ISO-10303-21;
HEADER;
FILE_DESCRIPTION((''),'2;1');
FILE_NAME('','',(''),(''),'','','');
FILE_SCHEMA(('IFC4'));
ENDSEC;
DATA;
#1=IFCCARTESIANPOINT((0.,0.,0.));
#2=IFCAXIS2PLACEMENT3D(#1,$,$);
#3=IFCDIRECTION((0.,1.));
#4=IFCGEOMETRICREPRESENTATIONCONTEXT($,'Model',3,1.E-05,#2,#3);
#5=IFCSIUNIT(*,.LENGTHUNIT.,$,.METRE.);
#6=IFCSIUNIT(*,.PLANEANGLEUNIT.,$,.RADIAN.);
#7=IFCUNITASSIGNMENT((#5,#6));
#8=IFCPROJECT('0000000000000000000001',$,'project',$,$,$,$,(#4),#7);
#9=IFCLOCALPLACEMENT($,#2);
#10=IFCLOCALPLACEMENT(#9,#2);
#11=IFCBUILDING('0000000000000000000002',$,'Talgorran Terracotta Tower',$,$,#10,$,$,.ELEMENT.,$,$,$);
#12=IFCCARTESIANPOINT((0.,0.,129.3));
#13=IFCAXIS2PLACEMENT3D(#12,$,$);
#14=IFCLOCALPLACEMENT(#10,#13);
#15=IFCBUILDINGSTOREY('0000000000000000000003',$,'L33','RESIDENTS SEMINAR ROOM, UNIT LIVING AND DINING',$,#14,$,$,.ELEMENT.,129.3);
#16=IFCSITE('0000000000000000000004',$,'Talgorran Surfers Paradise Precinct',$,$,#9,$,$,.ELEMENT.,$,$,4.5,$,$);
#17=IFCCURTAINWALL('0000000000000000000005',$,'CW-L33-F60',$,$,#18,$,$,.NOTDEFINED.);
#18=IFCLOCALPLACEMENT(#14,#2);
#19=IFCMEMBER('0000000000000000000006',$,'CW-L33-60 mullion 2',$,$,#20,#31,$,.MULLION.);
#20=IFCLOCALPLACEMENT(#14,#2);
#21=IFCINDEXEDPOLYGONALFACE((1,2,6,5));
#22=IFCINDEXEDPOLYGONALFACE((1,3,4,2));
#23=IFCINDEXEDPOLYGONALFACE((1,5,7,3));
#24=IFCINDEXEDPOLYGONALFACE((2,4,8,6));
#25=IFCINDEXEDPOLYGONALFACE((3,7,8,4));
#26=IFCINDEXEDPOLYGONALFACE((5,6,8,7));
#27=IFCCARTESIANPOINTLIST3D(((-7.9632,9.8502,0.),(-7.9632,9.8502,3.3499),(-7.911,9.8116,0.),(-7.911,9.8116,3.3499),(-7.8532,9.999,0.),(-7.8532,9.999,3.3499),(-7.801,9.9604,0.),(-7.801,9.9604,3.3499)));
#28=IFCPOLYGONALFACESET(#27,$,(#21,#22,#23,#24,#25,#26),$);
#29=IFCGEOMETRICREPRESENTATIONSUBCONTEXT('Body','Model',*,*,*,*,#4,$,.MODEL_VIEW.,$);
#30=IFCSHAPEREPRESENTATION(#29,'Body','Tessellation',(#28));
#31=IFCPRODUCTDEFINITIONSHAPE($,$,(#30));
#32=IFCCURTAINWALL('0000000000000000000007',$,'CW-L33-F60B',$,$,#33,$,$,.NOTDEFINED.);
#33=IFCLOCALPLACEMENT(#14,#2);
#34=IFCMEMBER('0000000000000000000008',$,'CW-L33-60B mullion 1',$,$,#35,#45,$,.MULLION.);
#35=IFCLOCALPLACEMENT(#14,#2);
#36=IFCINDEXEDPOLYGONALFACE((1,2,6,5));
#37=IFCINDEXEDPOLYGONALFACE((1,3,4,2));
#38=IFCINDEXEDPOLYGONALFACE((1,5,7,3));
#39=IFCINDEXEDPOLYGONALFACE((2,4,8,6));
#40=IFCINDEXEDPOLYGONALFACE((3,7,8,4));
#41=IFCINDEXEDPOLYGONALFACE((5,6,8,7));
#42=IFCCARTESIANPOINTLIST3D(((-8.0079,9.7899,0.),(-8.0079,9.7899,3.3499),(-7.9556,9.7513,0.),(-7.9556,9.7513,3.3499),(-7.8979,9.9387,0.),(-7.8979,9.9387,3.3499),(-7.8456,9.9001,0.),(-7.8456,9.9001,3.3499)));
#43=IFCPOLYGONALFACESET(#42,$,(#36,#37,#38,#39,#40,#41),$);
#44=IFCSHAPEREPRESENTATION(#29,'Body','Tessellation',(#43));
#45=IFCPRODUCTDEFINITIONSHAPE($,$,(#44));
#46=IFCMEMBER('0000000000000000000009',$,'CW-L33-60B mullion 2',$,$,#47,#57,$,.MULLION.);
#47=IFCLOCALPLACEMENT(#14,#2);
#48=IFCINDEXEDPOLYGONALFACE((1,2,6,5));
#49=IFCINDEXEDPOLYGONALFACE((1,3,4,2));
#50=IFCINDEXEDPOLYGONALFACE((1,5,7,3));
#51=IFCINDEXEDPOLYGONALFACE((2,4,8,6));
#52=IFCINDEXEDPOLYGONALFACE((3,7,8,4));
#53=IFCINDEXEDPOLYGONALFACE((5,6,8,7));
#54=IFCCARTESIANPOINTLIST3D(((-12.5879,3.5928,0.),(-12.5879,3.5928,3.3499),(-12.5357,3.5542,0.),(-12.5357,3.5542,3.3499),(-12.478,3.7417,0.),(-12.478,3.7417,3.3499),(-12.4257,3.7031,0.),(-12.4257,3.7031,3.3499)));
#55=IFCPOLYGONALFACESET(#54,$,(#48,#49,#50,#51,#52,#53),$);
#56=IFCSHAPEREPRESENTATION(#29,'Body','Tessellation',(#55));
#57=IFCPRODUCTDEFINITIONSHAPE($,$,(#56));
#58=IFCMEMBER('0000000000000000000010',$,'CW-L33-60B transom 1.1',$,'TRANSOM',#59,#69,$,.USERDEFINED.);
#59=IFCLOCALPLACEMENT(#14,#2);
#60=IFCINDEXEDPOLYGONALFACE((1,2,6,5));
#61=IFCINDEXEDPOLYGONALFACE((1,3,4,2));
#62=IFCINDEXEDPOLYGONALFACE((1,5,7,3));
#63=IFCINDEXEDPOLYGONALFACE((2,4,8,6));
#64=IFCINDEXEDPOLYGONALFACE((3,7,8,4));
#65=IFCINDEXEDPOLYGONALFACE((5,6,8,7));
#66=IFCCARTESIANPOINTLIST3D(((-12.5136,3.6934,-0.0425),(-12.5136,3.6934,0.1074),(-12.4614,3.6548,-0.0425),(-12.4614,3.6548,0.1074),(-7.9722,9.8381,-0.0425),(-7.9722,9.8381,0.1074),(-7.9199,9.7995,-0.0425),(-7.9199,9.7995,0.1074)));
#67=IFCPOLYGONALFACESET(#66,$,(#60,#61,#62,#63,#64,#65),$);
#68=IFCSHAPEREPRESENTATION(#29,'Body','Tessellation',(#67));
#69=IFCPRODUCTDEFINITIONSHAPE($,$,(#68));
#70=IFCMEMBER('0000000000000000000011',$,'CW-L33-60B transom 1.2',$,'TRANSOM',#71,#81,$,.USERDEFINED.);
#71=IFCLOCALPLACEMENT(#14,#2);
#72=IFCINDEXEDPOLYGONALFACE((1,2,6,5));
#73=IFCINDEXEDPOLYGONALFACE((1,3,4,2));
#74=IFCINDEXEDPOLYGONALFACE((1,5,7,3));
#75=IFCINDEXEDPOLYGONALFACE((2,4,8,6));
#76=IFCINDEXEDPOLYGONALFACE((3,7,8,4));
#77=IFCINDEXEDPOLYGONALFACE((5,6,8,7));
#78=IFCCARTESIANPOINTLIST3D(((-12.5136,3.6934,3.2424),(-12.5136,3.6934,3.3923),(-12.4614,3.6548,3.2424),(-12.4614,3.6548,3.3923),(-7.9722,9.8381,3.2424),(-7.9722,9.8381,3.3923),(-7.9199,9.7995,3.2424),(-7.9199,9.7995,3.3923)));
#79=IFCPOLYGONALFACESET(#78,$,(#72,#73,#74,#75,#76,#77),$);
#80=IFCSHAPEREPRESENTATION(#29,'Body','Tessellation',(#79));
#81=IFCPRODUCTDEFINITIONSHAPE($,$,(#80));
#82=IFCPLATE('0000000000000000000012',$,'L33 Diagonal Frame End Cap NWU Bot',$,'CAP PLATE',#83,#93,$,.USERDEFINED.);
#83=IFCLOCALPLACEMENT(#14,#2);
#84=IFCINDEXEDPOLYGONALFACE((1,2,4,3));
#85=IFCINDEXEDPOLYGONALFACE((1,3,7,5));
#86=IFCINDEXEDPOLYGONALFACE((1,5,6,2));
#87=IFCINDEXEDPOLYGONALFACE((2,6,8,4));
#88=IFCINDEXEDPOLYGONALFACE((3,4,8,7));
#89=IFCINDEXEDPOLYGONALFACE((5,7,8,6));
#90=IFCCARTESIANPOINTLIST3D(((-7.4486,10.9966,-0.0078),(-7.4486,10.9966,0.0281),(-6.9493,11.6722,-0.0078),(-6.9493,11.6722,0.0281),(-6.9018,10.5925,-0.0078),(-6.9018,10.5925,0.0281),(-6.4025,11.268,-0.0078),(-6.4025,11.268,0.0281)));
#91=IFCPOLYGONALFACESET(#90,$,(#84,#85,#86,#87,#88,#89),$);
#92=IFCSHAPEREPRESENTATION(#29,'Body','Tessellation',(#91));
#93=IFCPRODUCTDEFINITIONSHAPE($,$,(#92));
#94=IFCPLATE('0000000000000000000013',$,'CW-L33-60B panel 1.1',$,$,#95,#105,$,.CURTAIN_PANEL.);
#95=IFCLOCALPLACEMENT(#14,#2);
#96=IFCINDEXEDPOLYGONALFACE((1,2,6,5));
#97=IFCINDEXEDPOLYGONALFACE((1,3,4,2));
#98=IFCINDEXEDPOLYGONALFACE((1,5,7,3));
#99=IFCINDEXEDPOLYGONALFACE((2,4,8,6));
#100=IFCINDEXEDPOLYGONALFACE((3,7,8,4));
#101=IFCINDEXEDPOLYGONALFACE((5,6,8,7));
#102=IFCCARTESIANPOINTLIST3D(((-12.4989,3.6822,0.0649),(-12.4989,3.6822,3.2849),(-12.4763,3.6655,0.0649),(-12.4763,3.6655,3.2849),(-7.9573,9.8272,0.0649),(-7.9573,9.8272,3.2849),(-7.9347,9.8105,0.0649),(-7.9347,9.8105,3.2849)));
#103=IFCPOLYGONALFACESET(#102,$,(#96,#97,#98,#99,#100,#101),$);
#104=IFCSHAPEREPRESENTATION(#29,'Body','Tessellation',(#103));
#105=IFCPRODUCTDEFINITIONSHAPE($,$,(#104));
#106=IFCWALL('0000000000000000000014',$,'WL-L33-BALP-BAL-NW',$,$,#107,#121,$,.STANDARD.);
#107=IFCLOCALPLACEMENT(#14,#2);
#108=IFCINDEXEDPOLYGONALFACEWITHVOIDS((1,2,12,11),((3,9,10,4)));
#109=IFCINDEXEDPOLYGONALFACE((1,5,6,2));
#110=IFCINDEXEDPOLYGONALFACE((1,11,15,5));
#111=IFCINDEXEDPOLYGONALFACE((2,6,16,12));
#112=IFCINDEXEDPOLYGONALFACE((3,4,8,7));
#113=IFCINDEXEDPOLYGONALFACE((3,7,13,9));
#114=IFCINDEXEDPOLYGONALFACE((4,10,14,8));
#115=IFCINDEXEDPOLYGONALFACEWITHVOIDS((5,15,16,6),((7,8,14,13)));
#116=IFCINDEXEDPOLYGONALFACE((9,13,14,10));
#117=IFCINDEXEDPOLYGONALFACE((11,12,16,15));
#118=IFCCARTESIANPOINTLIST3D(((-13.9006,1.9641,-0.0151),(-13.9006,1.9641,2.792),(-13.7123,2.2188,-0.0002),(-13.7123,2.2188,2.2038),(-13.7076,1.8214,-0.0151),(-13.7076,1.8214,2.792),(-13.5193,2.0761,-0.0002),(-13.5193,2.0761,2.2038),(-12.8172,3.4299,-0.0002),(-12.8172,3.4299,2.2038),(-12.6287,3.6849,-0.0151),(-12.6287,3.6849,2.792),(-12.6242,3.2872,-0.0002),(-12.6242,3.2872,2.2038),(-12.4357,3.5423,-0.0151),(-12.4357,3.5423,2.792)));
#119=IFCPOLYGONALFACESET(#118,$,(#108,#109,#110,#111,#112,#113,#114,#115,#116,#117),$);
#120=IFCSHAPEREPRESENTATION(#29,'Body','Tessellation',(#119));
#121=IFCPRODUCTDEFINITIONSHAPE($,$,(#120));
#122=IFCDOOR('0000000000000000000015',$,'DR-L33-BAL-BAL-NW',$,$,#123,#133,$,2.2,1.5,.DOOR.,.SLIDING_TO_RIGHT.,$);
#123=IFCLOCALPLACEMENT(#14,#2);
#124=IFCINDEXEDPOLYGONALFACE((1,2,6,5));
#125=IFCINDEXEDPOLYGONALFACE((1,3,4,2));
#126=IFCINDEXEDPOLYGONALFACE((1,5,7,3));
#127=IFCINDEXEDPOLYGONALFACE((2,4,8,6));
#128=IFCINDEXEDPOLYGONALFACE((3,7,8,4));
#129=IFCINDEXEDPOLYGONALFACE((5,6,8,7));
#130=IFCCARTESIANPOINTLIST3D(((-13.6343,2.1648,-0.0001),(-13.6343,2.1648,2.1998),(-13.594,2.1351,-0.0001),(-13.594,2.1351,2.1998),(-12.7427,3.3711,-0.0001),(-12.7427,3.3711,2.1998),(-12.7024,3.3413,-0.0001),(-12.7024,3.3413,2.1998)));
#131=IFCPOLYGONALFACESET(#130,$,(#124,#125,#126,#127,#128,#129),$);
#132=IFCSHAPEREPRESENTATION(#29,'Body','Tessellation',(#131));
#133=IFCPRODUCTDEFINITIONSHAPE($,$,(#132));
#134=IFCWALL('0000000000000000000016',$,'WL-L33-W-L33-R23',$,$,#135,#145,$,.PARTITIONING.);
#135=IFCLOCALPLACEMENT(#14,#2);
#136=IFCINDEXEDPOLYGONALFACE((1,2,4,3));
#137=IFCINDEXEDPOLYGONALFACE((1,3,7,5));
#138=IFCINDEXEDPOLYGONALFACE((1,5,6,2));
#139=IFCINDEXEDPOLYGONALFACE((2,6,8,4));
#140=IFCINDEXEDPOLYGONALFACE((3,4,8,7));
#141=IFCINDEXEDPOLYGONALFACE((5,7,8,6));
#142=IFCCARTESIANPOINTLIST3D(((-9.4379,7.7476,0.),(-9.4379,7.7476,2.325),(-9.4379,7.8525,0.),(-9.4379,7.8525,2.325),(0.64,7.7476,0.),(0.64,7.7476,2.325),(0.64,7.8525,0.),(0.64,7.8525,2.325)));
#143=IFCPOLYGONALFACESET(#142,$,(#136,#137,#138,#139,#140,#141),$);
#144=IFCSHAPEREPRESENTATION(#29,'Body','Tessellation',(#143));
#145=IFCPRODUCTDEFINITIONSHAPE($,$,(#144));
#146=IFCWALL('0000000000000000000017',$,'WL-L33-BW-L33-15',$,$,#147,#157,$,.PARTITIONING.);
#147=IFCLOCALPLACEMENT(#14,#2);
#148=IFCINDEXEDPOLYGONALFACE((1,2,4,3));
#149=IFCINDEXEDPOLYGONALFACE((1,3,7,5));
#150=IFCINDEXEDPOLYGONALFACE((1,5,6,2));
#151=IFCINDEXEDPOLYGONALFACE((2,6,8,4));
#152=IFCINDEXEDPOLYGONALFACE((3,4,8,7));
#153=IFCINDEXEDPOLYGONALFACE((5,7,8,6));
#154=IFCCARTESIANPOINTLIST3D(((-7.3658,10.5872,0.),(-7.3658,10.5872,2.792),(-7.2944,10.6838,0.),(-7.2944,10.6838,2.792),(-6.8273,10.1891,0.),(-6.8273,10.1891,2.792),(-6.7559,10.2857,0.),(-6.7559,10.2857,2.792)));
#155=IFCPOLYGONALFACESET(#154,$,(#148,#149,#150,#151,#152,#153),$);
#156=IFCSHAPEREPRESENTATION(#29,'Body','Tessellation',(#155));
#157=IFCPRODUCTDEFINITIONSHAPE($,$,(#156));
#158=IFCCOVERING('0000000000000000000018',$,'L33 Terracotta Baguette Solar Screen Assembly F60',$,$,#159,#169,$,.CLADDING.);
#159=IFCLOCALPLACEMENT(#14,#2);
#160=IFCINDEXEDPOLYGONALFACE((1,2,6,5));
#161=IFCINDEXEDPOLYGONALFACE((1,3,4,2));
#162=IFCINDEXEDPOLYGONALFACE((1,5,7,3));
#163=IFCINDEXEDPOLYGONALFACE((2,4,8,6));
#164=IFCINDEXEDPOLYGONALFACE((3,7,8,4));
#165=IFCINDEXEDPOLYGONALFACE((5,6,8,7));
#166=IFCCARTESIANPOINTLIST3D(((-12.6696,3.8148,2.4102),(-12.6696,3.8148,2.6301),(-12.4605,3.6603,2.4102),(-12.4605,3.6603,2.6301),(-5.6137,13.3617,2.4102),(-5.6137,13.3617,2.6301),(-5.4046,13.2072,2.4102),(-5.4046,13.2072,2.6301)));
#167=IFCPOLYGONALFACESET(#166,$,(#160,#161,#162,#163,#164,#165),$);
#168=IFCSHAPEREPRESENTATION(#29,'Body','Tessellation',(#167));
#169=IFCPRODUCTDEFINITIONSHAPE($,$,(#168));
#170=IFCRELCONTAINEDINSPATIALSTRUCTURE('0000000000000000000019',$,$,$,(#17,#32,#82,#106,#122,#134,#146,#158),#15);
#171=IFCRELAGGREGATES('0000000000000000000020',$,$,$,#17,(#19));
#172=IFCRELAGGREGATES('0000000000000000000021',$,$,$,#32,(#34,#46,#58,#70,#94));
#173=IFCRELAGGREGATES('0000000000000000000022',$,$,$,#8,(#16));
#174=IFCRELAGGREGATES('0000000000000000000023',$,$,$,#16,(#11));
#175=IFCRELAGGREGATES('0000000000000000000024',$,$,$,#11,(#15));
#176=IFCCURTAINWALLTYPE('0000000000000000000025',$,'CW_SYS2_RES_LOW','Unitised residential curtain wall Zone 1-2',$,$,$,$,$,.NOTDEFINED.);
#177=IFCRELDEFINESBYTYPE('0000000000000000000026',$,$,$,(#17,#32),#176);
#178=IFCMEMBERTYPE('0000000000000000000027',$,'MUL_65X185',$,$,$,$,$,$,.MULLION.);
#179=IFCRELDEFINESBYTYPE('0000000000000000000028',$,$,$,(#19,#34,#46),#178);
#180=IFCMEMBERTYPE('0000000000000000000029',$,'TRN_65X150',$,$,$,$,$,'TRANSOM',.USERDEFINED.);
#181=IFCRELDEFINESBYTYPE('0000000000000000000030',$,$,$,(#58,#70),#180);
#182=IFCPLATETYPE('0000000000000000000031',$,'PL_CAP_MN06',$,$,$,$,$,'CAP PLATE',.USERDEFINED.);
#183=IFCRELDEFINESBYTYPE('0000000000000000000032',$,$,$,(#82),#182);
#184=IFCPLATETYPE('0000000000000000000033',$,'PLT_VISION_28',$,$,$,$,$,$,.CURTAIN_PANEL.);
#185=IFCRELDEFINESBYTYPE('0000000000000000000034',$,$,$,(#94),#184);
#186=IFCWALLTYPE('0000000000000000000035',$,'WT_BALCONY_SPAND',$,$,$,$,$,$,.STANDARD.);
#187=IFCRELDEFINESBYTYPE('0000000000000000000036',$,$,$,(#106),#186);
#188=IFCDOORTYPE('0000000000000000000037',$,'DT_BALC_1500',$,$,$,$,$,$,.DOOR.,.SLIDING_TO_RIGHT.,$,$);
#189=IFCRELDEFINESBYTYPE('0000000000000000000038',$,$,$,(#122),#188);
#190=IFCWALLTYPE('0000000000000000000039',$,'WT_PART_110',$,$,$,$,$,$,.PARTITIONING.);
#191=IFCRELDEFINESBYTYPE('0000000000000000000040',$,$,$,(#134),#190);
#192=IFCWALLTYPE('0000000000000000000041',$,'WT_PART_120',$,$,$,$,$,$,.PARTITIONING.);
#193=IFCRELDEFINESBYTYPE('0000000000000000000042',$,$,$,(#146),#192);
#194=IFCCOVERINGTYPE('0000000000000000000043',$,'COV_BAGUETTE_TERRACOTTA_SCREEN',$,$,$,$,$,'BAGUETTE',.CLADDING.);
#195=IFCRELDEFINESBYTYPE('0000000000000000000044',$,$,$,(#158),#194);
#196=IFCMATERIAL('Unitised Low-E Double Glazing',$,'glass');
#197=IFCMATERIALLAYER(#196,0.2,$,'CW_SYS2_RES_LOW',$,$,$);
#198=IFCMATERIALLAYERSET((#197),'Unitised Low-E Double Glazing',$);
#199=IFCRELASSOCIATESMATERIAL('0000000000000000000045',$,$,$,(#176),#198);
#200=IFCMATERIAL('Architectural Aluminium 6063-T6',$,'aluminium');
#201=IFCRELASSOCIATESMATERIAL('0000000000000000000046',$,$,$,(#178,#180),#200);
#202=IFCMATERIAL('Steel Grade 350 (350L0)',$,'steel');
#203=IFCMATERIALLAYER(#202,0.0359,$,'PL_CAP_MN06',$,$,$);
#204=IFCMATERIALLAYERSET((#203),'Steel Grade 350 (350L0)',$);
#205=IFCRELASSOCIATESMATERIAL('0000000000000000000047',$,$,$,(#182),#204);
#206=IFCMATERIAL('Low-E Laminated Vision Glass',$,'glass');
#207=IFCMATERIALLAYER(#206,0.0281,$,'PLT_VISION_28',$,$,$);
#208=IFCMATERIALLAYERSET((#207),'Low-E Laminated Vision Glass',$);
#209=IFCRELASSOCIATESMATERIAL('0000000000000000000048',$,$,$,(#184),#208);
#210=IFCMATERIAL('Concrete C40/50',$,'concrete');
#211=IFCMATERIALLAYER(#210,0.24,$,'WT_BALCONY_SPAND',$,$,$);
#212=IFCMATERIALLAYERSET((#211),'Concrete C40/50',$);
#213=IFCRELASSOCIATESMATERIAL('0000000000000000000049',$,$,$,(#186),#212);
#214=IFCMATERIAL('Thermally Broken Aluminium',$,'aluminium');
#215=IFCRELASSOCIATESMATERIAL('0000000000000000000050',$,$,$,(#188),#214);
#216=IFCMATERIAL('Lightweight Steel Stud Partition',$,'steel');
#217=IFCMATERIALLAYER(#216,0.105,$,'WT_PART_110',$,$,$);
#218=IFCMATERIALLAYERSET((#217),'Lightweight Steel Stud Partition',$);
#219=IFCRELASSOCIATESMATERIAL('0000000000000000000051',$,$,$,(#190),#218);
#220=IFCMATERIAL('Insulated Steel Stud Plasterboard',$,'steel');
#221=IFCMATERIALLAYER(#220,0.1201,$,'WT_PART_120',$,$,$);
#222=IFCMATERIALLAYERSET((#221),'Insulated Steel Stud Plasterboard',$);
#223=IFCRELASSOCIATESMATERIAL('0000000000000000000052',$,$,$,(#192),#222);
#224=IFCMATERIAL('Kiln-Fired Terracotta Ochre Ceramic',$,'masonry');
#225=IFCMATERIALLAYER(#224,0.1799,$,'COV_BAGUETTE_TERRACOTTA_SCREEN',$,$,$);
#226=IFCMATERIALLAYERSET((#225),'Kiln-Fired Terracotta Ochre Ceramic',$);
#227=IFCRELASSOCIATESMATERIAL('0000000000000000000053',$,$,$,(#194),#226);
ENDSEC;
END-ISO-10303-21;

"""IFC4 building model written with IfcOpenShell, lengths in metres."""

from ifc_helpers import new_model, si_unit, direction, frame, frame_2d, origin, origin_2d, place, context, subcontext, project, spatial, rectangle, extrude, source, transform, mapped, material, layer, layer_set, material_profile, profile_set, type_object, type_shapes, element, fill, aggregate, save


model = new_model("IFC4")

# Units and contexts
model_context = context("Model", 3, precision=1e-05, world=origin(), true_north=direction((0.0, 1.0)))
body_context = subcontext(model_context, "Body", "Model", "MODEL_VIEW")
ifc_project = project(units=[si_unit("LENGTHUNIT", "METRE"), si_unit("PLANEANGLEUNIT", "RADIAN")], contexts=[model_context])

# Site, building, storey
site_placement = place(None, origin())
site = spatial("IfcSite", under=ifc_project, at=site_placement, Name="Talgorran Surfers Paradise Precinct", CompositionType="ELEMENT", RefElevation=4.5)
building_placement = place(site_placement, origin())
building = spatial("IfcBuilding", under=site, at=building_placement, Name="Talgorran Terracotta Tower", CompositionType="ELEMENT")
storey_placement = place(building_placement, frame((0.0, 0.0, 129.3)))
storey = spatial("IfcBuildingStorey", under=building, at=storey_placement, Name="L33", Description="RESIDENTS SEMINAR ROOM, UNIT LIVING AND DINING", CompositionType="ELEMENT", Elevation=129.3)

# Shared definitions
ifc_material_1 = material(Name="Steel Grade 350 (350L0)", Category="steel")

# Curtain wall, member
ifc_material_2 = material(Name="Unitised Low-E Double Glazing", Category="glass")
ifc_layer_1 = layer(ifc_material_2, 0.2, Name="CW_SYS2_RES_LOW")
ifc_layer_set_1 = layer_set([ifc_layer_1], Name="Unitised Low-E Double Glazing")
curtain_wall_type = type_object("IfcCurtainWallType", Name="CW_SYS2_RES_LOW", Description="Unitised residential curtain wall Zone 1-2", PredefinedType="NOTDEFINED", material=ifc_layer_set_1)
curtain_wall_1_placement = place(storey_placement, origin())
curtain_wall_1 = element("IfcCurtainWall", 1, at=curtain_wall_1_placement, inside=storey, type_object=curtain_wall_type, Name="CW-L33-F60", PredefinedType="NOTDEFINED")
ifc_material_3 = material(Name="Architectural Aluminium 6063-T6", Category="aluminium")
ifc_material_profile_1 = material_profile(ifc_material_3, rectangle(XDim=0.0649, YDim=0.1851, at=origin_2d()), Name="CWM65X185")
ifc_profile_set_1 = profile_set([ifc_material_profile_1], Name="Architectural Aluminium 6063-T6")
member_type_1 = type_object("IfcMemberType", Name="MUL_65X185", PredefinedType="MULLION", material=ifc_profile_set_1)
member_1_placement = place(storey_placement, frame((-7.8821, 9.9053, 0.0), z_axis=(0.0, 0.0, 1.0), x_axis=(0.804198, -0.594361, 0.0)))
member_1 = element("IfcMember", 2, at=member_1_placement, type_object=member_type_1, Name="CW-L33-60 mullion 2", PredefinedType="MULLION", context=body_context, shape_type="SweptSolid", body=[
    extrude(rectangle(XDim=0.0649, YDim=0.1851, at=origin_2d()), origin(), (0.0, 0.0, 1.0), 3.3499),
])
aggregate(curtain_wall_1, [member_1])

# Curtain wall, members
curtain_wall_2_placement = place(storey_placement, origin())
curtain_wall_2 = element("IfcCurtainWall", 3, at=curtain_wall_2_placement, inside=storey, type_object=curtain_wall_type, Name="CW-L33-F60B", PredefinedType="NOTDEFINED")
member_2_placement = place(storey_placement, frame((-7.9268, 9.845, 0.0), z_axis=(0.0, 0.0, 1.0), x_axis=(0.804196, -0.594364, 0.0)))
member_2 = element("IfcMember", 4, at=member_2_placement, type_object=member_type_1, Name="CW-L33-60B mullion 1", PredefinedType="MULLION", context=body_context, shape_type="SweptSolid", body=[
    extrude(rectangle(XDim=0.0649, YDim=0.1851, at=origin_2d()), origin(), (0.0, 0.0, 1.0), 3.3499),
])
member_3_placement = place(storey_placement, frame((-12.5068, 3.6479, 0.0), z_axis=(0.0, 0.0, 1.0), x_axis=(0.804196, -0.594364, 0.0)))
member_3 = element("IfcMember", 5, at=member_3_placement, type_object=member_type_1, Name="CW-L33-60B mullion 2", PredefinedType="MULLION", context=body_context, shape_type="SweptSolid", body=[
    extrude(rectangle(XDim=0.0649, YDim=0.1851, at=origin_2d()), origin(), (0.0, 0.0, 1.0), 3.3499),
])
ifc_material_profile_2 = material_profile(ifc_material_3, rectangle(XDim=0.0649, YDim=0.1499, at=origin_2d()), Name="CWT65X150")
ifc_profile_set_2 = profile_set([ifc_material_profile_2], Name="Architectural Aluminium 6063-T6")
member_type_2 = type_object("IfcMemberType", Name="TRN_65X150", ElementType="TRANSOM", PredefinedType="USERDEFINED", material=ifc_profile_set_2)
member_4_placement = place(storey_placement, frame((-7.946, 9.8188, 0.0325), z_axis=(-0.594367, -0.804194, 0.0), x_axis=(0.804194, -0.594367, 0.0)))
member_4 = element("IfcMember", 6, at=member_4_placement, type_object=member_type_2, Name="CW-L33-60B transom 1.1", ObjectType="TRANSOM", PredefinedType="USERDEFINED", context=body_context, shape_type="SweptSolid", body=[
    extrude(rectangle(XDim=0.0649, YDim=0.1499, at=origin_2d()), origin(), (0.0, 0.0, 1.0), 7.6409),
])
member_5_placement = place(storey_placement, frame((-7.946, 9.8188, 3.3174), z_axis=(-0.594367, -0.804194, 0.0), x_axis=(0.804194, -0.594367, 0.0)))
member_5 = element("IfcMember", 7, at=member_5_placement, type_object=member_type_2, Name="CW-L33-60B transom 1.2", ObjectType="TRANSOM", PredefinedType="USERDEFINED", context=body_context, shape_type="SweptSolid", body=[
    extrude(rectangle(XDim=0.0649, YDim=0.1499, at=origin_2d()), origin(), (0.0, 0.0, 1.0), 7.6409),
])

# Plates
ifc_layer_2 = layer(ifc_material_1, 0.0359, Name="PL_CAP_MN06")
ifc_layer_set_2 = layer_set([ifc_layer_2], Name="Steel Grade 350 (350L0)")
plate_type_1 = type_object("IfcPlateType", Name="PL_CAP_MN06", ElementType="CAP PLATE", PredefinedType="USERDEFINED", material=ifc_layer_set_2)
plate_1_placement = place(storey_placement, frame((-6.9255, 11.1323, -0.0078), z_axis=(0.0, 0.0, 1.0), x_axis=(0.594402, 0.804168, 0.0)))
element("IfcPlate", 8, at=plate_1_placement, inside=storey, type_object=plate_type_1, Name="L33 Diagonal Frame End Cap NWU Bot", ObjectType="CAP PLATE", PredefinedType="USERDEFINED", context=body_context, shape_type="SweptSolid", body=[
    extrude(rectangle(XDim=0.8401, YDim=0.6799, at=origin_2d()), origin(), (0.0, 0.0, 1.0), 0.0359),
])
ifc_material_4 = material(Name="Low-E Laminated Vision Glass", Category="glass")
ifc_layer_3 = layer(ifc_material_4, 0.0281, Name="PLT_VISION_28")
ifc_layer_set_3 = layer_set([ifc_layer_3], Name="Low-E Laminated Vision Glass")
plate_type_2 = type_object("IfcPlateType", Name="PLT_VISION_28", PredefinedType="CURTAIN_PANEL", material=ifc_layer_set_3)
shared_shape = source(origin(), body_context, "Body", "SweptSolid", [
    extrude(rectangle(XDim=7.6411, YDim=0.0281, at=origin_2d()), origin(), (0.0, 0.0, 1.0), 3.22),
])
type_shapes(plate_type_2, [shared_shape])
plate_2_placement = place(storey_placement, frame((-10.2168, 6.7463, 0.0649), z_axis=(0.0, 0.0, 1.0), x_axis=(-0.594364, -0.804196, 0.0)))
plate_2 = element("IfcPlate", 9, at=plate_2_placement, type_object=plate_type_2, Name="CW-L33-60B panel 1.1", PredefinedType="CURTAIN_PANEL", context=body_context, shape_type="MappedRepresentation", body=[
    mapped(shared_shape, transform((0.0, 0.0, 0.0), scale=1.0)),
])
aggregate(curtain_wall_2, [member_2, member_3, member_4, member_5, plate_2])

# Wall, opening, door
ifc_material_5 = material(Name="Concrete C40/50", Category="concrete")
ifc_layer_4 = layer(ifc_material_5, 0.24, Name="WT_BALCONY_SPAND")
ifc_layer_set_4 = layer_set([ifc_layer_4], Name="Concrete C40/50")
wall_type_1 = type_object("IfcWallType", Name="WT_BALCONY_SPAND", PredefinedType="STANDARD", material=ifc_layer_set_4)
wall_1_placement = place(storey_placement, frame((-12.5322, 3.6135, -0.0151), z_axis=(0.0, 0.0, 1.0), x_axis=(-0.594381, -0.804183, 0.0)))
wall_1 = element("IfcWall", 10, at=wall_1_placement, inside=storey, type_object=wall_type_1, Name="WL-L33-BALP-BAL-NW", PredefinedType="STANDARD", context=body_context, shape_type="SweptSolid", body=[
    extrude(rectangle(XDim=2.1399, YDim=0.24, at=frame_2d((1.0698, 0.0))), origin(), (0.0, 0.0, 1.0), 2.8071),
])
opening_placement = place(wall_1_placement, frame((0.3201, 0.0, 0.0149)))
opening = element("IfcOpeningElement", 11, at=opening_placement, cuts=wall_1, PredefinedType="OPENING", context=body_context, shape_type="SweptSolid", body=[
    extrude(rectangle(XDim=1.506, YDim=2.204, at=frame_2d((0.75, 1.1021))), frame((0.0, 0.1299, 0.0), z_axis=(0.0, -1.0, 0.0), x_axis=(1.0, 0.0, 0.0)), (0.0, 0.0, 1.0), 0.26),
])
ifc_material_6 = material(Name="Thermally Broken Aluminium", Category="aluminium")
door_type = type_object("IfcDoorType", Name="DT_BALC_1500", OperationType="SLIDING_TO_RIGHT", PredefinedType="DOOR", material=ifc_material_6)
door_placement = place(opening_placement, origin())
door = element("IfcDoor", 12, at=door_placement, inside=storey, type_object=door_type, Name="DR-L33-BAL-BAL-NW", OperationType="SLIDING_TO_RIGHT", OverallHeight=2.2, OverallWidth=1.5, PredefinedType="DOOR", context=body_context, shape_type="SweptSolid", body=[
    extrude(rectangle(XDim=1.5, YDim=2.2, at=frame_2d((0.75, 1.1001))), frame((0.0, 0.0249, 0.0), z_axis=(0.0, -1.0, 0.0), x_axis=(1.0, 0.0, 0.0)), (0.0, 0.0, 1.0), 0.05),
])
fill(opening, door)

# Walls
ifc_material_7 = material(Name="Lightweight Steel Stud Partition", Category="steel")
ifc_layer_5 = layer(ifc_material_7, 0.105, Name="WT_PART_110")
ifc_layer_set_5 = layer_set([ifc_layer_5], Name="Lightweight Steel Stud Partition")
wall_type_2 = type_object("IfcWallType", Name="WT_PART_110", PredefinedType="PARTITIONING", material=ifc_layer_set_5)
wall_2_placement = place(storey_placement, frame((-9.438, 7.8, 0.0), z_axis=(0.0, 0.0, 1.0), x_axis=(1.0, 0.0, 0.0)))
element("IfcWall", 13, at=wall_2_placement, inside=storey, type_object=wall_type_2, Name="WL-L33-W-L33-R23", PredefinedType="PARTITIONING", context=body_context, shape_type="SweptSolid", body=[
    extrude(rectangle(XDim=10.0779, YDim=0.105, at=frame_2d((5.0391, 0.0))), origin(), (0.0, 0.0, 1.0), 2.325),
])
ifc_material_8 = material(Name="Insulated Steel Stud Plasterboard", Category="steel")
ifc_layer_6 = layer(ifc_material_8, 0.1201, Name="WT_PART_120")
ifc_layer_set_6 = layer_set([ifc_layer_6], Name="Insulated Steel Stud Plasterboard")
wall_type_3 = type_object("IfcWallType", Name="WT_PART_120", PredefinedType="PARTITIONING", material=ifc_layer_set_6)
wall_3_placement = place(storey_placement, frame((-6.7915, 10.2373, 0.0), z_axis=(0.0, 0.0, 1.0), x_axis=(-0.804093, 0.594504, 0.0)))
element("IfcWall", 14, at=wall_3_placement, inside=storey, type_object=wall_type_3, Name="WL-L33-BW-L33-15", PredefinedType="PARTITIONING", context=body_context, shape_type="SweptSolid", body=[
    extrude(rectangle(XDim=0.6697, YDim=0.1201, at=frame_2d((0.335, 0.0))), origin(), (0.0, 0.0, 1.0), 2.792),
])

# Covering
ifc_material_9 = material(Name="Kiln-Fired Terracotta Ochre Ceramic", Category="masonry")
ifc_layer_7 = layer(ifc_material_9, 0.1799, Name="COV_BAGUETTE_TERRACOTTA_SCREEN")
ifc_layer_set_7 = layer_set([ifc_layer_7], Name="Kiln-Fired Terracotta Ochre Ceramic")
covering_type_1 = type_object("IfcCoveringType", Name="COV_BAGUETTE_TERRACOTTA_SCREEN", ElementType="BAGUETTE", PredefinedType="CLADDING", material=ifc_layer_set_7)
covering_1_placement = place(storey_placement, frame((-9.0371, 8.511, 2.4102), z_axis=(0.0, 0.0, 1.0), x_axis=(-0.59436, -0.804199, 0.0)))
element("IfcCovering", 15, at=covering_1_placement, inside=storey, type_object=covering_type_1, Name="L33 Terracotta Baguette Solar Screen Assembly F60", PredefinedType="CLADDING", context=body_context, shape_type="SweptSolid", body=[
    extrude(rectangle(XDim=11.8713, YDim=0.26, at=origin_2d()), origin(), (0.0, 0.0, 1.0), 0.22),
])

save(model, "model.ifc")
